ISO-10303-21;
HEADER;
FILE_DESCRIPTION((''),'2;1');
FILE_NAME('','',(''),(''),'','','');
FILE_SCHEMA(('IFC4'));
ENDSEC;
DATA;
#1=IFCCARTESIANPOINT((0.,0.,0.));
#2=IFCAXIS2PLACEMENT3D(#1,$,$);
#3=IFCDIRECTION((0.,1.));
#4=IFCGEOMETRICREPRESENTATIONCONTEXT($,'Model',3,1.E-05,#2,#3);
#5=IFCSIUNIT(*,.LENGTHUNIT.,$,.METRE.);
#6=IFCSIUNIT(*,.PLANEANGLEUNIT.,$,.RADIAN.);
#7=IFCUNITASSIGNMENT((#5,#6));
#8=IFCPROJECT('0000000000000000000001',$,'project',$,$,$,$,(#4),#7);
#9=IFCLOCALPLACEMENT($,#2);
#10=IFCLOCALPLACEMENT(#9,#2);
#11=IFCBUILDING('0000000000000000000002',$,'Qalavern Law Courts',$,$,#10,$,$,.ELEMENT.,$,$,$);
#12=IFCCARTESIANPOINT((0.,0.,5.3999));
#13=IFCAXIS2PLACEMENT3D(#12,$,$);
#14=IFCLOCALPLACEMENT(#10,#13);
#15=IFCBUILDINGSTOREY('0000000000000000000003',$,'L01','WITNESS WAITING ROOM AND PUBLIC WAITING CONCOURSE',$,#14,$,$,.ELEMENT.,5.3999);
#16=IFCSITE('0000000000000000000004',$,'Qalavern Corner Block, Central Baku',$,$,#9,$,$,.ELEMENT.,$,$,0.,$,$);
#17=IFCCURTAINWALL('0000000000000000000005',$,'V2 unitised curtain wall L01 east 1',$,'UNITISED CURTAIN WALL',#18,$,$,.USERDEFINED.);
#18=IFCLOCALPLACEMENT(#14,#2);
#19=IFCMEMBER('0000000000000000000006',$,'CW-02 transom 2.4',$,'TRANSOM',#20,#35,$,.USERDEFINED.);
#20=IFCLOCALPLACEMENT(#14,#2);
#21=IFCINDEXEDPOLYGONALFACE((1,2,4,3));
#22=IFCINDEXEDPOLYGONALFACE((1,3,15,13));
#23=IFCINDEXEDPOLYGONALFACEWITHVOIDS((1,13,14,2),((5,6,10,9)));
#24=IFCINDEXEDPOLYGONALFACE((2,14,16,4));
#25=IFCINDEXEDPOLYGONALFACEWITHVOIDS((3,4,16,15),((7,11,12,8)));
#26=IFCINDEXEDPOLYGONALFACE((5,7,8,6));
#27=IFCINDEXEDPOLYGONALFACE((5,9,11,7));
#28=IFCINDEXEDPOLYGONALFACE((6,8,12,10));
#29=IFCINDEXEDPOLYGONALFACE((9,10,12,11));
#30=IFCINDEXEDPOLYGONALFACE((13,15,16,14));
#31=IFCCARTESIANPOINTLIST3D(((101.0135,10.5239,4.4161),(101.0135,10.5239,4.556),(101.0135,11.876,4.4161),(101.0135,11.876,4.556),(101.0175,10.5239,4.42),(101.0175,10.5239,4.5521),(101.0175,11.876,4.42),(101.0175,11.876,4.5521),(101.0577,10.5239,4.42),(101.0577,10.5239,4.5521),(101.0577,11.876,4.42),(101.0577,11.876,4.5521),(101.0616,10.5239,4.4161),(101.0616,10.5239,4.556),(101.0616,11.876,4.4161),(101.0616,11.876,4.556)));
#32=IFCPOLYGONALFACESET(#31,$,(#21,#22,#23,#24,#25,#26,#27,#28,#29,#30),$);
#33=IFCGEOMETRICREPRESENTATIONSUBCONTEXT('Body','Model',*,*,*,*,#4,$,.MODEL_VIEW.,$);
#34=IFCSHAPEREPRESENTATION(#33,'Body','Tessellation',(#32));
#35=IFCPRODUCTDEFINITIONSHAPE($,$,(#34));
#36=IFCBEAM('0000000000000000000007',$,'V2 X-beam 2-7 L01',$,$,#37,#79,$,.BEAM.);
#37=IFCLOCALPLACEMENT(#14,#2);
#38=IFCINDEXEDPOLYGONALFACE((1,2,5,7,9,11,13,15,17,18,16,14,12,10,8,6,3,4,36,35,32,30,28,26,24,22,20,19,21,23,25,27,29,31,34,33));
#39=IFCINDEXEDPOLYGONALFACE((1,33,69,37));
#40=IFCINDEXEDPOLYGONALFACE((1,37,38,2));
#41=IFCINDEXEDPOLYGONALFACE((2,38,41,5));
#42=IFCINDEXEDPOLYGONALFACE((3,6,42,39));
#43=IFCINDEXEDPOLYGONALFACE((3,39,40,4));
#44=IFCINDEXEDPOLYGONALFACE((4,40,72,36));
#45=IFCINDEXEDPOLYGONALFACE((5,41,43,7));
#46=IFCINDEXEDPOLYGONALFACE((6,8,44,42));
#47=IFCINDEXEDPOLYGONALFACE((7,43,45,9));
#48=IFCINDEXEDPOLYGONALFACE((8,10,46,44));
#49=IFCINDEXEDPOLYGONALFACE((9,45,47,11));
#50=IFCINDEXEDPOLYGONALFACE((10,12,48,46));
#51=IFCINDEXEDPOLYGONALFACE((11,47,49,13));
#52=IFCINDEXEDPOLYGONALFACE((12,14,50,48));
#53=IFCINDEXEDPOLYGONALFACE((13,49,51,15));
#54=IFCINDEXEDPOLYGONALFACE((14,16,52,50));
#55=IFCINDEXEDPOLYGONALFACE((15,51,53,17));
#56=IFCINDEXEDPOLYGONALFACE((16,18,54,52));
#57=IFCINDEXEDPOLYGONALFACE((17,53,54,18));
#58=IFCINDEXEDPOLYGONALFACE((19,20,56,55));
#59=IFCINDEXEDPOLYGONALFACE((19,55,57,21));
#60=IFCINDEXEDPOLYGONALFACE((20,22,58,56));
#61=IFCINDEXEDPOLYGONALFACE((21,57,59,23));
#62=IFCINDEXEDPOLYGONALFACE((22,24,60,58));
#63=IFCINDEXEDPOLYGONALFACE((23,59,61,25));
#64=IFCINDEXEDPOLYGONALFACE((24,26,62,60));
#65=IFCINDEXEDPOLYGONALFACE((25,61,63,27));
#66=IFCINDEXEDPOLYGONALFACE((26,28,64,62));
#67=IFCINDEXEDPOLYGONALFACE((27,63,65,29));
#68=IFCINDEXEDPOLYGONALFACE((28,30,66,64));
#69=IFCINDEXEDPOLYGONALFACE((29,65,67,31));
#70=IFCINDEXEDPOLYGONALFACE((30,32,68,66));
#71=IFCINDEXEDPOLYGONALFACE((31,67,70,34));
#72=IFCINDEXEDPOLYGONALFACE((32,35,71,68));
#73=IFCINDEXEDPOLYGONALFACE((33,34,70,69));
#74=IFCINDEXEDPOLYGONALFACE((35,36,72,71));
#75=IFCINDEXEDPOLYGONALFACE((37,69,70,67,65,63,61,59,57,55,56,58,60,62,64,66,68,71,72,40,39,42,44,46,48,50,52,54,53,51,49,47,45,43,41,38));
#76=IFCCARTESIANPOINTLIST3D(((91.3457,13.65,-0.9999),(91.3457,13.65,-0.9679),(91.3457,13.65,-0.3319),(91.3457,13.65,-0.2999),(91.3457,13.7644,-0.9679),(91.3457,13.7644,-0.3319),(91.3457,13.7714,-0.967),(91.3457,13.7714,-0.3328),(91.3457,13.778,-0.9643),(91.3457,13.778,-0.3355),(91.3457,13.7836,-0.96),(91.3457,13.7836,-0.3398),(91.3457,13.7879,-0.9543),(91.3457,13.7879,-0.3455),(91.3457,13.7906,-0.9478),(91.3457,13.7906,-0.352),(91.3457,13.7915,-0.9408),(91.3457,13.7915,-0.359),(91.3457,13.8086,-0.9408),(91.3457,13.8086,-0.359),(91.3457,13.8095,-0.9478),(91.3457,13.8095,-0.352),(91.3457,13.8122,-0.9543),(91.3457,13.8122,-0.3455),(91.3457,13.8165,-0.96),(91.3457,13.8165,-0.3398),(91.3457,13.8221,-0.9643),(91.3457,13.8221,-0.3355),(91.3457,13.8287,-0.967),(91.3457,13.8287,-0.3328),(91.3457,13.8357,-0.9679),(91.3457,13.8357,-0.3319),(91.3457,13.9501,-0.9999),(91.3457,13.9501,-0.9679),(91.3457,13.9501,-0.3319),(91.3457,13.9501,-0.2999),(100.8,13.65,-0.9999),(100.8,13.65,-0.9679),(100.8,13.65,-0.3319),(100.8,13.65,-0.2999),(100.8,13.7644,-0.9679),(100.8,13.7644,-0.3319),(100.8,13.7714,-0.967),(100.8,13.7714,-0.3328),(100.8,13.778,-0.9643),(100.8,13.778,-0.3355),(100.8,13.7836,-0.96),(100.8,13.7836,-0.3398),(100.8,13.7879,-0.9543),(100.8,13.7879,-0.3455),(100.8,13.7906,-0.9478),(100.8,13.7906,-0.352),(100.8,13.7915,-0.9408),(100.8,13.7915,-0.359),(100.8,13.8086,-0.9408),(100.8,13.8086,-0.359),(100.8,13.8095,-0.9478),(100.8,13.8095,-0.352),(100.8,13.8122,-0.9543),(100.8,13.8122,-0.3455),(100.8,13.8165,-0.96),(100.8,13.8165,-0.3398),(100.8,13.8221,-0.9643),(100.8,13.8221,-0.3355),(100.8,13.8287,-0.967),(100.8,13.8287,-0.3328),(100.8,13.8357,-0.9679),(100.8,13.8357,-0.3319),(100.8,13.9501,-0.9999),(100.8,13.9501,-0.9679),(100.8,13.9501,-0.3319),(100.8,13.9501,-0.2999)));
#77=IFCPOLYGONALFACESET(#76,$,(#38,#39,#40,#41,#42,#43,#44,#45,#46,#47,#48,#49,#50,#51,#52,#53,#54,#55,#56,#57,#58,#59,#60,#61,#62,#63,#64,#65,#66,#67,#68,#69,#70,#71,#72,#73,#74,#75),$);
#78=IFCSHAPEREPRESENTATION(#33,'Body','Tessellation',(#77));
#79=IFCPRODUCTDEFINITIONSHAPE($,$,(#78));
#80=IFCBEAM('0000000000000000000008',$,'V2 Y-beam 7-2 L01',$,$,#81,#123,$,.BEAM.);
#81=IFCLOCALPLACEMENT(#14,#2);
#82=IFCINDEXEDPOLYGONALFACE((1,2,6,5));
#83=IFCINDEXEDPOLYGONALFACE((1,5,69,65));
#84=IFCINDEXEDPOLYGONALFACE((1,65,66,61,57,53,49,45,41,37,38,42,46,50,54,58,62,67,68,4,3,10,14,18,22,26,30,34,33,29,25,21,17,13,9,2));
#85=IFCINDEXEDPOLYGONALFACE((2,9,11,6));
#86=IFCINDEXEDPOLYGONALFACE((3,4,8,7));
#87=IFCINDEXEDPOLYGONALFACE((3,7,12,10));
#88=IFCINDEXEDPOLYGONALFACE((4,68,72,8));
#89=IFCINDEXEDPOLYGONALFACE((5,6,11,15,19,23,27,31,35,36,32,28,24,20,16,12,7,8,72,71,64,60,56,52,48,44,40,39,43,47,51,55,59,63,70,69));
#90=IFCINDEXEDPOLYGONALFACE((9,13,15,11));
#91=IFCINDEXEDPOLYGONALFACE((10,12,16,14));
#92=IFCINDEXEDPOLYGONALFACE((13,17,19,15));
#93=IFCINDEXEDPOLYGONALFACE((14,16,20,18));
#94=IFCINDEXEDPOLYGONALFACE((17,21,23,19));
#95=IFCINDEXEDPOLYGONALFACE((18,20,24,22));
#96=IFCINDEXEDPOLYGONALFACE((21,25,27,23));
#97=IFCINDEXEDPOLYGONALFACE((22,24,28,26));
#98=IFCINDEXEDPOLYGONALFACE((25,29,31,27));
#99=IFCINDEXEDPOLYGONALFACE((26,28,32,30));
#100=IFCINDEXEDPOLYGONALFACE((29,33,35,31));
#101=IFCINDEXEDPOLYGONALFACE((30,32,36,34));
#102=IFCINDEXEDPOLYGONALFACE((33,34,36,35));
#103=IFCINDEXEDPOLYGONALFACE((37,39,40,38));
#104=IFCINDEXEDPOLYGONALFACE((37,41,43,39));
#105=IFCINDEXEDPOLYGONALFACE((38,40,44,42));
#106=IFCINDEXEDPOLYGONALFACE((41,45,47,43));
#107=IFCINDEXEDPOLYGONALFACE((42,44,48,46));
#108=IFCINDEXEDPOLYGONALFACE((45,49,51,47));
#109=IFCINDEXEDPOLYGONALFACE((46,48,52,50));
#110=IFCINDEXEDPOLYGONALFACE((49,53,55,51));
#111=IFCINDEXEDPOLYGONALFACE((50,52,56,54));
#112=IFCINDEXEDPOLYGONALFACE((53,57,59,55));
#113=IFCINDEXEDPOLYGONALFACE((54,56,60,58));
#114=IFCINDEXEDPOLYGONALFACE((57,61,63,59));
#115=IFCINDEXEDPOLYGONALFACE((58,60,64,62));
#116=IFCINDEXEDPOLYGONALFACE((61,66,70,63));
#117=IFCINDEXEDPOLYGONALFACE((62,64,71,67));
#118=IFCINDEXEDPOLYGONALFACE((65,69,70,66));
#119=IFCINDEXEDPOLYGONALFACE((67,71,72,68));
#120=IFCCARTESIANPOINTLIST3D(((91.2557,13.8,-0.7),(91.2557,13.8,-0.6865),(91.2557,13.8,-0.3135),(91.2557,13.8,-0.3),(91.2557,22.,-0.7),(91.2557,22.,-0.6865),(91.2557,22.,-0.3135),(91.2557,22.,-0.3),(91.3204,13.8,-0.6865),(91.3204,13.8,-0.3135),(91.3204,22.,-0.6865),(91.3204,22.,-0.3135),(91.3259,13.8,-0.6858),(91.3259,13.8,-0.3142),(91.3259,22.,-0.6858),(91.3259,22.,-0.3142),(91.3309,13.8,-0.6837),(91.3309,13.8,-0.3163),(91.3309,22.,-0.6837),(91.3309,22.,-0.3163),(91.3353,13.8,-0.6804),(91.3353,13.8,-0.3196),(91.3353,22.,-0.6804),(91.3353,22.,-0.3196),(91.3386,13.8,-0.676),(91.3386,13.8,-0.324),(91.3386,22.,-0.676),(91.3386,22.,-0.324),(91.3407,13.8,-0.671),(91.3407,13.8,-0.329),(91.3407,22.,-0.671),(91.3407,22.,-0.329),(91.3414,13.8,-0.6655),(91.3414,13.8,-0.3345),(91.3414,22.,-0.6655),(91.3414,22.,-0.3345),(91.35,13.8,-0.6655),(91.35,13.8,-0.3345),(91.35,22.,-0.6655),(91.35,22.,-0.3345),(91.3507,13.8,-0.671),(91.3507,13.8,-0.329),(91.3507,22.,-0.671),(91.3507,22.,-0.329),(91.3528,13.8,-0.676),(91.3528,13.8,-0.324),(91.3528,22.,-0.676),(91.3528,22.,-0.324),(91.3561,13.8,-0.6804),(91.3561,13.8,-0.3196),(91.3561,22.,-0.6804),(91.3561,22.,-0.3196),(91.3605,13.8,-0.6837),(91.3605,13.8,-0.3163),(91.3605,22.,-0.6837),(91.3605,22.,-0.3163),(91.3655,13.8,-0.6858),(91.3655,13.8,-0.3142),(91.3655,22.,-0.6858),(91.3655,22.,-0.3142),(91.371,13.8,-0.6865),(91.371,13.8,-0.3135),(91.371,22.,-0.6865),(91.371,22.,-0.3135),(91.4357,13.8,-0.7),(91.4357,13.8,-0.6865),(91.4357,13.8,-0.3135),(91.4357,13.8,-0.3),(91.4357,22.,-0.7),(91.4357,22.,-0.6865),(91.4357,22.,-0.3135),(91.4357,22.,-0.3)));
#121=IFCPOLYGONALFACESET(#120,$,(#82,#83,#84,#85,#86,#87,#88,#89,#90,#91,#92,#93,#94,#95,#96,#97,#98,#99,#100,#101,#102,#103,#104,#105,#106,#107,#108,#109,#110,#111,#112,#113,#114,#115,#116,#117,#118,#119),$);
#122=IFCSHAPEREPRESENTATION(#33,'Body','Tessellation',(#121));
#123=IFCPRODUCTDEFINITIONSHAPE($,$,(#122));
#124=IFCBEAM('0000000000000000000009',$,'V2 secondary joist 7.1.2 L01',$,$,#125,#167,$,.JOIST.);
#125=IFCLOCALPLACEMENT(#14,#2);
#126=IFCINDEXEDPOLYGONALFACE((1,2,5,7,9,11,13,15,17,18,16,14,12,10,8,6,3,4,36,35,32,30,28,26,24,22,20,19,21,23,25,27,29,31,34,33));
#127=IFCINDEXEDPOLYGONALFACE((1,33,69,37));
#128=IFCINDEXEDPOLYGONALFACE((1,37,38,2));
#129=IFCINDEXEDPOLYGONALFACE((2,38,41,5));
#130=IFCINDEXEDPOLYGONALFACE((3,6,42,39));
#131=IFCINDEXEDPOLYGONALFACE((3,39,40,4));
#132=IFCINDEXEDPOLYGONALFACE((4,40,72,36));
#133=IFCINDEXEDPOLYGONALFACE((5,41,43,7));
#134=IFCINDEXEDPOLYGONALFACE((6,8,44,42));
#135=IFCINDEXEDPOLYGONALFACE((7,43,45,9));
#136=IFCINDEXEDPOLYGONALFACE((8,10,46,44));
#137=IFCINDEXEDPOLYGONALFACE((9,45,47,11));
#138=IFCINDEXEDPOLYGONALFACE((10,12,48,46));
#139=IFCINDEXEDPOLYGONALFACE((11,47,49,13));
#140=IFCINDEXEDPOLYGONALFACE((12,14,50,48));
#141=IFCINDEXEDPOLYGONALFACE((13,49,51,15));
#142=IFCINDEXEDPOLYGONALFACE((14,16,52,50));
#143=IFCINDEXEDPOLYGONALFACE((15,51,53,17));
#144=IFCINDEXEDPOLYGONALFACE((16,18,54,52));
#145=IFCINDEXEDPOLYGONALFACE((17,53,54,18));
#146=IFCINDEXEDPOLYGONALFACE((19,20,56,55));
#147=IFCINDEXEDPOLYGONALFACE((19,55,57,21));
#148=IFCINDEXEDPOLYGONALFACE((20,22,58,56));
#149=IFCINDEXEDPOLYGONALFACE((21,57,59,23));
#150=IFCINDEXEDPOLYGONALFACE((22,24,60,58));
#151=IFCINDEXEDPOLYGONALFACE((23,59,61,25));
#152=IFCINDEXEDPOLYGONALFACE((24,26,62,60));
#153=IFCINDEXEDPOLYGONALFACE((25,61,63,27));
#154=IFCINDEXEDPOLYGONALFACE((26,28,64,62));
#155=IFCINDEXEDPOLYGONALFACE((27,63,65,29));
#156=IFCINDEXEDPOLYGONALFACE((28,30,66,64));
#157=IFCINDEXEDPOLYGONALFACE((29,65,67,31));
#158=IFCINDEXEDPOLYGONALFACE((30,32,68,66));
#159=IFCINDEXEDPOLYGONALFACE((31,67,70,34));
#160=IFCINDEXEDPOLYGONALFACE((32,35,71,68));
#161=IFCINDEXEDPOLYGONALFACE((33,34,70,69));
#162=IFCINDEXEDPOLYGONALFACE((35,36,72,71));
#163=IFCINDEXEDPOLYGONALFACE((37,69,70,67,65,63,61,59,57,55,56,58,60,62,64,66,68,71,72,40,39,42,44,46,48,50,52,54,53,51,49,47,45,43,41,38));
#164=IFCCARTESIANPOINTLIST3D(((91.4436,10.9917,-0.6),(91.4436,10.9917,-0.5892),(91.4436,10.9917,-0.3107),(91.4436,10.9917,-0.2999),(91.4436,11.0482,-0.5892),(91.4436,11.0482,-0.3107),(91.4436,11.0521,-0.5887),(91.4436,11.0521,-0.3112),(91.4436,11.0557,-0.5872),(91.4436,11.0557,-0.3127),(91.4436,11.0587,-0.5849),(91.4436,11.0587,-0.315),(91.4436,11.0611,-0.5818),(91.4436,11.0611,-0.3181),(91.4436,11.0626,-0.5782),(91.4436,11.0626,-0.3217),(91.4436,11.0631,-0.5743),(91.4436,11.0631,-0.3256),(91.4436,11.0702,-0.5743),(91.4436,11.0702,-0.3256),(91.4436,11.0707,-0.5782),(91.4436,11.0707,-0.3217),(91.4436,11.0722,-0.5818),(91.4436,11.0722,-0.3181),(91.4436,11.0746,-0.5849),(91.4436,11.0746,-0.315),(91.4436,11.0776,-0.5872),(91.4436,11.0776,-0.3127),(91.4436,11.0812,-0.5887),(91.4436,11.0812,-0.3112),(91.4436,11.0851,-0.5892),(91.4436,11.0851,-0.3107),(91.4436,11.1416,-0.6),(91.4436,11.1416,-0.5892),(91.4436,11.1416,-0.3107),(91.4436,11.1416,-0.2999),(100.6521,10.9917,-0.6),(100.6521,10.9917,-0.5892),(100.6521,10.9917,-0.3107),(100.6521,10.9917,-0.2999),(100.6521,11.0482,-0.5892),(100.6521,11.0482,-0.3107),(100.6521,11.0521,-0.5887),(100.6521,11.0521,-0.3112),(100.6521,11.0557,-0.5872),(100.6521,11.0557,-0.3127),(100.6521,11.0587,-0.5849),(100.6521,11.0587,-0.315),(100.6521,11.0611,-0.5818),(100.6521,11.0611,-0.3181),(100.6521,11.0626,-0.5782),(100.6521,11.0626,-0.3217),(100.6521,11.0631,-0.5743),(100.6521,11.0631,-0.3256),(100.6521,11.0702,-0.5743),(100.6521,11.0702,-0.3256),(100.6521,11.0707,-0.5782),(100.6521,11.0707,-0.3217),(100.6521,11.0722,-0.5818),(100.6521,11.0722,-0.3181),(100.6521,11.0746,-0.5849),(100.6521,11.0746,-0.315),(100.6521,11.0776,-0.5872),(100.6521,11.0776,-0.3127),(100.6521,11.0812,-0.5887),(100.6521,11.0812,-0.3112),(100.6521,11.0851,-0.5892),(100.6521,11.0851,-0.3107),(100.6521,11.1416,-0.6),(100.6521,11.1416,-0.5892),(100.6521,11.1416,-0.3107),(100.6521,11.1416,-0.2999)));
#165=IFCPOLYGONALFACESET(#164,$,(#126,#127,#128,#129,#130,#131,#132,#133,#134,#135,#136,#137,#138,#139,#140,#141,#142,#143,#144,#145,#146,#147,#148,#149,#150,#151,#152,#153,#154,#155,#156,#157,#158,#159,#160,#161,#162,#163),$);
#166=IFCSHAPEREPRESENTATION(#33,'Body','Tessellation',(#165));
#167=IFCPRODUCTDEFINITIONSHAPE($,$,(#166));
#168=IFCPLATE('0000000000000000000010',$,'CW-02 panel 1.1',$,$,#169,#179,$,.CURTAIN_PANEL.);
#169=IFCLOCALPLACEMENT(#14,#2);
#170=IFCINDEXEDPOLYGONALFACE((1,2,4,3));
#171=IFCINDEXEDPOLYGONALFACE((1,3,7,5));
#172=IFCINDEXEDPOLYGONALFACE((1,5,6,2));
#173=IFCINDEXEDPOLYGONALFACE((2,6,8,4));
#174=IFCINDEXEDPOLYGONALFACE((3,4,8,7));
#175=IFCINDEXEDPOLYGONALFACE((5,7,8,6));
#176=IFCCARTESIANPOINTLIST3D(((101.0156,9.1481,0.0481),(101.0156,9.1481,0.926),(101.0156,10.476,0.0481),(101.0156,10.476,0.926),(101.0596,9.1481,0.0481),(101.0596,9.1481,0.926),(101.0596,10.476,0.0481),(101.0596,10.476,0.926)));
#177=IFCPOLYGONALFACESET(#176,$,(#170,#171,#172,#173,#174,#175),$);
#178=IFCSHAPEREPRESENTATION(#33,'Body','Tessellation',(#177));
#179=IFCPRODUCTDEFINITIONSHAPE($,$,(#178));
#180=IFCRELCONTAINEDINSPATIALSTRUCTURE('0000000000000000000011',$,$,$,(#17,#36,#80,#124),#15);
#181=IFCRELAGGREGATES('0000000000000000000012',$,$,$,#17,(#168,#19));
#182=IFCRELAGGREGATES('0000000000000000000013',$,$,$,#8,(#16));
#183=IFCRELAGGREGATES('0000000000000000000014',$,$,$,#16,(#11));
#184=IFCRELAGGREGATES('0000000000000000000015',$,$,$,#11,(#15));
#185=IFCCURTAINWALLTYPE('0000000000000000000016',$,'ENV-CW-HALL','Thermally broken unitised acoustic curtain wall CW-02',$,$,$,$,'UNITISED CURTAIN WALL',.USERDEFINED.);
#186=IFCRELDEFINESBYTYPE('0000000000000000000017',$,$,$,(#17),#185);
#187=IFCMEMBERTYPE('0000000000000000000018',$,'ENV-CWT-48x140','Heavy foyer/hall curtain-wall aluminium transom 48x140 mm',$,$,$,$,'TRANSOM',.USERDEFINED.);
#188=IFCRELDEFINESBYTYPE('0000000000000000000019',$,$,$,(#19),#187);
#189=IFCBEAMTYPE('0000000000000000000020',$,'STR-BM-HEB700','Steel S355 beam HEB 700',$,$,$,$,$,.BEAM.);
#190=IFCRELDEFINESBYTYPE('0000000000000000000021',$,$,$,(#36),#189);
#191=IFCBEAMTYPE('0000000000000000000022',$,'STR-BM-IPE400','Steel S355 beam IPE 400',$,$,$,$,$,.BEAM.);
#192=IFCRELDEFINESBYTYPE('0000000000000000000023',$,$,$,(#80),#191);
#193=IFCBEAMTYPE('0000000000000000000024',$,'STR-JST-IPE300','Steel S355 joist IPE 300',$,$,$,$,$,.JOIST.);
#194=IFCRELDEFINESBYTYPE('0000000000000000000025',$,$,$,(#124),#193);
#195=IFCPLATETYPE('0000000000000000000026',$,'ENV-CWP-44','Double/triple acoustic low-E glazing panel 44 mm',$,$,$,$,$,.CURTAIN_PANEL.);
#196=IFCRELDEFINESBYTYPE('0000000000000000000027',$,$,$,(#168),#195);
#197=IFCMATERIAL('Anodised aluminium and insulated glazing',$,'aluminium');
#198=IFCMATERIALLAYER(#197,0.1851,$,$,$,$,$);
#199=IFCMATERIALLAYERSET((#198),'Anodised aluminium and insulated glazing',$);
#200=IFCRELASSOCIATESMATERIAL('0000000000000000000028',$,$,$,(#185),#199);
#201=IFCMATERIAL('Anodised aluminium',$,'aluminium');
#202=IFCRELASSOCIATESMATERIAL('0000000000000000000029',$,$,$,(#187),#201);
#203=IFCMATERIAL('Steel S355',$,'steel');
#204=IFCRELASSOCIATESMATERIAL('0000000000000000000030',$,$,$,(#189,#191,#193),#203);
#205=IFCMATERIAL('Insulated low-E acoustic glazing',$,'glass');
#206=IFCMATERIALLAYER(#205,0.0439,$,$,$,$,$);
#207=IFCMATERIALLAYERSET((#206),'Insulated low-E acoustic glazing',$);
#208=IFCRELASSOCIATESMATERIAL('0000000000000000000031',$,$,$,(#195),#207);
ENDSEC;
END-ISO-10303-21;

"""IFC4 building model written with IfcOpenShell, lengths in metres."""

from ifc_helpers import new_model, si_unit, direction, frame, origin, origin_2d, place, context, subcontext, project, spatial, rectangle, hollow_rectangle, i_section, extrude, material, layer, layer_set, material_profile, profile_set, type_object, element, aggregate, save


model = new_model("IFC4")

# Units and contexts
model_context = context("Model", 3, precision=1e-05, world=origin(), true_north=direction((0.0, 1.0)))
body_context = subcontext(model_context, "Body", "Model", "MODEL_VIEW")
ifc_project = project(units=[si_unit("LENGTHUNIT", "METRE"), si_unit("PLANEANGLEUNIT", "RADIAN")], contexts=[model_context])

# Site, building, storey
site_placement = place(None, origin())
site = spatial("IfcSite", under=ifc_project, at=site_placement, Name="Qalavern Corner Block, Central Baku", CompositionType="ELEMENT", RefElevation=0.0)
building_placement = place(site_placement, origin())
building = spatial("IfcBuilding", under=site, at=building_placement, Name="Qalavern Law Courts", CompositionType="ELEMENT")
storey_placement = place(building_placement, frame((0.0, 0.0, 5.3999)))
storey = spatial("IfcBuildingStorey", under=building, at=storey_placement, Name="L01", Description="WITNESS WAITING ROOM AND PUBLIC WAITING CONCOURSE", CompositionType="ELEMENT", Elevation=5.3999)

# Curtain wall, member
ifc_material_1 = material(Name="Anodised aluminium and insulated glazing", Category="aluminium")
ifc_layer_1 = layer(ifc_material_1, 0.1851)
ifc_layer_set_1 = layer_set([ifc_layer_1], Name="Anodised aluminium and insulated glazing")
curtain_wall_type = type_object("IfcCurtainWallType", Name="ENV-CW-HALL", Description="Thermally broken unitised acoustic curtain wall CW-02", ElementType="UNITISED CURTAIN WALL", PredefinedType="USERDEFINED", material=ifc_layer_set_1)
curtain_wall_placement = place(storey_placement, origin())
curtain_wall = element("IfcCurtainWall", 1, at=curtain_wall_placement, inside=storey, type_object=curtain_wall_type, Name="V2 unitised curtain wall L01 east 1", ObjectType="UNITISED CURTAIN WALL", PredefinedType="USERDEFINED")
ifc_material_2 = material(Name="Anodised aluminium", Category="aluminium")
ifc_material_profile_1 = material_profile(ifc_material_2, hollow_rectangle(XDim=0.0481, YDim=0.1399, WallThickness=0.0039, at=origin_2d()), Name="ALU TRANSOM 48x140")
ifc_profile_set_1 = profile_set([ifc_material_profile_1], Name="Anodised aluminium")
member_type_1 = type_object("IfcMemberType", Name="ENV-CWT-48x140", Description="Heavy foyer/hall curtain-wall aluminium transom 48x140 mm", ElementType="TRANSOM", PredefinedType="USERDEFINED", material=ifc_profile_set_1)
member_1_placement = place(storey_placement, frame((101.0376, 10.5239, 4.4861), z_axis=(0.0, 1.0, 0.0), x_axis=(-1.0, 0.0, 0.0)))
member_1 = element("IfcMember", 2, at=member_1_placement, type_object=member_type_1, Name="CW-02 transom 2.4", ObjectType="TRANSOM", PredefinedType="USERDEFINED", context=body_context, shape_type="SweptSolid", body=[
    extrude(hollow_rectangle(XDim=0.0481, YDim=0.1399, WallThickness=0.0039, at=origin_2d()), origin(), (0.0, 0.0, 1.0), 1.3521),
])

# Beams
ifc_material_3 = material(Name="Steel S355", Category="steel")
ifc_material_profile_2 = material_profile(ifc_material_3, i_section(OverallWidth=0.3, OverallDepth=0.7, WebThickness=0.0171, FlangeThickness=0.032, FilletRadius=0.0271, at=origin_2d()), Name="HEB 700")
ifc_profile_set_2 = profile_set([ifc_material_profile_2], Name="Steel S355")
beam_type_1 = type_object("IfcBeamType", Name="STR-BM-HEB700", Description="Steel S355 beam HEB 700", PredefinedType="BEAM", material=ifc_profile_set_2)
beam_1_placement = place(storey_placement, frame((91.3457, 13.8, -0.6499), z_axis=(1.0, 0.0, 0.0), x_axis=(0.0, 1.0, 0.0)))
element("IfcBeam", 3, at=beam_1_placement, inside=storey, type_object=beam_type_1, Name="V2 X-beam 2-7 L01", PredefinedType="BEAM", context=body_context, shape_type="SweptSolid", body=[
    extrude(i_section(OverallWidth=0.3, OverallDepth=0.7, WebThickness=0.0171, FlangeThickness=0.032, FilletRadius=0.0271, at=origin_2d()), origin(), (0.0, 0.0, 1.0), 9.4543),
])
ifc_material_profile_3 = material_profile(ifc_material_3, i_section(OverallWidth=0.1799, OverallDepth=0.3999, WebThickness=0.0085, FlangeThickness=0.0134, FilletRadius=0.021, at=origin_2d()), Name="IPE 400")
ifc_profile_set_3 = profile_set([ifc_material_profile_3], Name="Steel S355")
beam_type_2 = type_object("IfcBeamType", Name="STR-BM-IPE400", Description="Steel S355 beam IPE 400", PredefinedType="BEAM", material=ifc_profile_set_3)
beam_2_placement = place(storey_placement, frame((91.3457, 13.8, -0.5), z_axis=(0.0, 1.0, 0.0), x_axis=(-1.0, 0.0, 0.0)))
element("IfcBeam", 4, at=beam_2_placement, inside=storey, type_object=beam_type_2, Name="V2 Y-beam 7-2 L01", PredefinedType="BEAM", context=body_context, shape_type="SweptSolid", body=[
    extrude(i_section(OverallWidth=0.1799, OverallDepth=0.3999, WebThickness=0.0085, FlangeThickness=0.0134, FilletRadius=0.021, at=origin_2d()), origin(), (0.0, 0.0, 1.0), 8.2),
])
ifc_material_profile_4 = material_profile(ifc_material_3, i_section(OverallWidth=0.1499, OverallDepth=0.3, WebThickness=0.0071, FlangeThickness=0.0107, FilletRadius=0.0149, at=origin_2d()), Name="IPE 300")
ifc_profile_set_4 = profile_set([ifc_material_profile_4], Name="Steel S355")
beam_type_3 = type_object("IfcBeamType", Name="STR-JST-IPE300", Description="Steel S355 joist IPE 300", PredefinedType="JOIST", material=ifc_profile_set_4)
beam_3_placement = place(storey_placement, frame((91.4436, 11.0667, -0.45), z_axis=(1.0, 0.0, 0.0), x_axis=(0.0, 1.0, 0.0)))
element("IfcBeam", 5, at=beam_3_placement, inside=storey, type_object=beam_type_3, Name="V2 secondary joist 7.1.2 L01", PredefinedType="JOIST", context=body_context, shape_type="SweptSolid", body=[
    extrude(i_section(OverallWidth=0.1499, OverallDepth=0.3, WebThickness=0.0071, FlangeThickness=0.0107, FilletRadius=0.0149, at=origin_2d()), origin(), (0.0, 0.0, 1.0), 9.2085),
])

# Plate
ifc_material_4 = material(Name="Insulated low-E acoustic glazing", Category="glass")
ifc_layer_2 = layer(ifc_material_4, 0.0439)
ifc_layer_set_2 = layer_set([ifc_layer_2], Name="Insulated low-E acoustic glazing")
plate_type = type_object("IfcPlateType", Name="ENV-CWP-44", Description="Double/triple acoustic low-E glazing panel 44 mm", PredefinedType="CURTAIN_PANEL", material=ifc_layer_set_2)
plate_1_placement = place(storey_placement, frame((101.0376, 9.812, 0.0481), z_axis=(0.0, 0.0, 1.0), x_axis=(0.0, 1.0, 0.0)))
plate_1 = element("IfcPlate", 6, at=plate_1_placement, type_object=plate_type, Name="CW-02 panel 1.1", PredefinedType="CURTAIN_PANEL", context=body_context, shape_type="SweptSolid", body=[
    extrude(rectangle(XDim=1.3279, YDim=0.0439, at=origin_2d()), origin(), (0.0, 0.0, 1.0), 0.8779),
])
aggregate(curtain_wall, [plate_1, member_1])

save(model, "model.ifc")
